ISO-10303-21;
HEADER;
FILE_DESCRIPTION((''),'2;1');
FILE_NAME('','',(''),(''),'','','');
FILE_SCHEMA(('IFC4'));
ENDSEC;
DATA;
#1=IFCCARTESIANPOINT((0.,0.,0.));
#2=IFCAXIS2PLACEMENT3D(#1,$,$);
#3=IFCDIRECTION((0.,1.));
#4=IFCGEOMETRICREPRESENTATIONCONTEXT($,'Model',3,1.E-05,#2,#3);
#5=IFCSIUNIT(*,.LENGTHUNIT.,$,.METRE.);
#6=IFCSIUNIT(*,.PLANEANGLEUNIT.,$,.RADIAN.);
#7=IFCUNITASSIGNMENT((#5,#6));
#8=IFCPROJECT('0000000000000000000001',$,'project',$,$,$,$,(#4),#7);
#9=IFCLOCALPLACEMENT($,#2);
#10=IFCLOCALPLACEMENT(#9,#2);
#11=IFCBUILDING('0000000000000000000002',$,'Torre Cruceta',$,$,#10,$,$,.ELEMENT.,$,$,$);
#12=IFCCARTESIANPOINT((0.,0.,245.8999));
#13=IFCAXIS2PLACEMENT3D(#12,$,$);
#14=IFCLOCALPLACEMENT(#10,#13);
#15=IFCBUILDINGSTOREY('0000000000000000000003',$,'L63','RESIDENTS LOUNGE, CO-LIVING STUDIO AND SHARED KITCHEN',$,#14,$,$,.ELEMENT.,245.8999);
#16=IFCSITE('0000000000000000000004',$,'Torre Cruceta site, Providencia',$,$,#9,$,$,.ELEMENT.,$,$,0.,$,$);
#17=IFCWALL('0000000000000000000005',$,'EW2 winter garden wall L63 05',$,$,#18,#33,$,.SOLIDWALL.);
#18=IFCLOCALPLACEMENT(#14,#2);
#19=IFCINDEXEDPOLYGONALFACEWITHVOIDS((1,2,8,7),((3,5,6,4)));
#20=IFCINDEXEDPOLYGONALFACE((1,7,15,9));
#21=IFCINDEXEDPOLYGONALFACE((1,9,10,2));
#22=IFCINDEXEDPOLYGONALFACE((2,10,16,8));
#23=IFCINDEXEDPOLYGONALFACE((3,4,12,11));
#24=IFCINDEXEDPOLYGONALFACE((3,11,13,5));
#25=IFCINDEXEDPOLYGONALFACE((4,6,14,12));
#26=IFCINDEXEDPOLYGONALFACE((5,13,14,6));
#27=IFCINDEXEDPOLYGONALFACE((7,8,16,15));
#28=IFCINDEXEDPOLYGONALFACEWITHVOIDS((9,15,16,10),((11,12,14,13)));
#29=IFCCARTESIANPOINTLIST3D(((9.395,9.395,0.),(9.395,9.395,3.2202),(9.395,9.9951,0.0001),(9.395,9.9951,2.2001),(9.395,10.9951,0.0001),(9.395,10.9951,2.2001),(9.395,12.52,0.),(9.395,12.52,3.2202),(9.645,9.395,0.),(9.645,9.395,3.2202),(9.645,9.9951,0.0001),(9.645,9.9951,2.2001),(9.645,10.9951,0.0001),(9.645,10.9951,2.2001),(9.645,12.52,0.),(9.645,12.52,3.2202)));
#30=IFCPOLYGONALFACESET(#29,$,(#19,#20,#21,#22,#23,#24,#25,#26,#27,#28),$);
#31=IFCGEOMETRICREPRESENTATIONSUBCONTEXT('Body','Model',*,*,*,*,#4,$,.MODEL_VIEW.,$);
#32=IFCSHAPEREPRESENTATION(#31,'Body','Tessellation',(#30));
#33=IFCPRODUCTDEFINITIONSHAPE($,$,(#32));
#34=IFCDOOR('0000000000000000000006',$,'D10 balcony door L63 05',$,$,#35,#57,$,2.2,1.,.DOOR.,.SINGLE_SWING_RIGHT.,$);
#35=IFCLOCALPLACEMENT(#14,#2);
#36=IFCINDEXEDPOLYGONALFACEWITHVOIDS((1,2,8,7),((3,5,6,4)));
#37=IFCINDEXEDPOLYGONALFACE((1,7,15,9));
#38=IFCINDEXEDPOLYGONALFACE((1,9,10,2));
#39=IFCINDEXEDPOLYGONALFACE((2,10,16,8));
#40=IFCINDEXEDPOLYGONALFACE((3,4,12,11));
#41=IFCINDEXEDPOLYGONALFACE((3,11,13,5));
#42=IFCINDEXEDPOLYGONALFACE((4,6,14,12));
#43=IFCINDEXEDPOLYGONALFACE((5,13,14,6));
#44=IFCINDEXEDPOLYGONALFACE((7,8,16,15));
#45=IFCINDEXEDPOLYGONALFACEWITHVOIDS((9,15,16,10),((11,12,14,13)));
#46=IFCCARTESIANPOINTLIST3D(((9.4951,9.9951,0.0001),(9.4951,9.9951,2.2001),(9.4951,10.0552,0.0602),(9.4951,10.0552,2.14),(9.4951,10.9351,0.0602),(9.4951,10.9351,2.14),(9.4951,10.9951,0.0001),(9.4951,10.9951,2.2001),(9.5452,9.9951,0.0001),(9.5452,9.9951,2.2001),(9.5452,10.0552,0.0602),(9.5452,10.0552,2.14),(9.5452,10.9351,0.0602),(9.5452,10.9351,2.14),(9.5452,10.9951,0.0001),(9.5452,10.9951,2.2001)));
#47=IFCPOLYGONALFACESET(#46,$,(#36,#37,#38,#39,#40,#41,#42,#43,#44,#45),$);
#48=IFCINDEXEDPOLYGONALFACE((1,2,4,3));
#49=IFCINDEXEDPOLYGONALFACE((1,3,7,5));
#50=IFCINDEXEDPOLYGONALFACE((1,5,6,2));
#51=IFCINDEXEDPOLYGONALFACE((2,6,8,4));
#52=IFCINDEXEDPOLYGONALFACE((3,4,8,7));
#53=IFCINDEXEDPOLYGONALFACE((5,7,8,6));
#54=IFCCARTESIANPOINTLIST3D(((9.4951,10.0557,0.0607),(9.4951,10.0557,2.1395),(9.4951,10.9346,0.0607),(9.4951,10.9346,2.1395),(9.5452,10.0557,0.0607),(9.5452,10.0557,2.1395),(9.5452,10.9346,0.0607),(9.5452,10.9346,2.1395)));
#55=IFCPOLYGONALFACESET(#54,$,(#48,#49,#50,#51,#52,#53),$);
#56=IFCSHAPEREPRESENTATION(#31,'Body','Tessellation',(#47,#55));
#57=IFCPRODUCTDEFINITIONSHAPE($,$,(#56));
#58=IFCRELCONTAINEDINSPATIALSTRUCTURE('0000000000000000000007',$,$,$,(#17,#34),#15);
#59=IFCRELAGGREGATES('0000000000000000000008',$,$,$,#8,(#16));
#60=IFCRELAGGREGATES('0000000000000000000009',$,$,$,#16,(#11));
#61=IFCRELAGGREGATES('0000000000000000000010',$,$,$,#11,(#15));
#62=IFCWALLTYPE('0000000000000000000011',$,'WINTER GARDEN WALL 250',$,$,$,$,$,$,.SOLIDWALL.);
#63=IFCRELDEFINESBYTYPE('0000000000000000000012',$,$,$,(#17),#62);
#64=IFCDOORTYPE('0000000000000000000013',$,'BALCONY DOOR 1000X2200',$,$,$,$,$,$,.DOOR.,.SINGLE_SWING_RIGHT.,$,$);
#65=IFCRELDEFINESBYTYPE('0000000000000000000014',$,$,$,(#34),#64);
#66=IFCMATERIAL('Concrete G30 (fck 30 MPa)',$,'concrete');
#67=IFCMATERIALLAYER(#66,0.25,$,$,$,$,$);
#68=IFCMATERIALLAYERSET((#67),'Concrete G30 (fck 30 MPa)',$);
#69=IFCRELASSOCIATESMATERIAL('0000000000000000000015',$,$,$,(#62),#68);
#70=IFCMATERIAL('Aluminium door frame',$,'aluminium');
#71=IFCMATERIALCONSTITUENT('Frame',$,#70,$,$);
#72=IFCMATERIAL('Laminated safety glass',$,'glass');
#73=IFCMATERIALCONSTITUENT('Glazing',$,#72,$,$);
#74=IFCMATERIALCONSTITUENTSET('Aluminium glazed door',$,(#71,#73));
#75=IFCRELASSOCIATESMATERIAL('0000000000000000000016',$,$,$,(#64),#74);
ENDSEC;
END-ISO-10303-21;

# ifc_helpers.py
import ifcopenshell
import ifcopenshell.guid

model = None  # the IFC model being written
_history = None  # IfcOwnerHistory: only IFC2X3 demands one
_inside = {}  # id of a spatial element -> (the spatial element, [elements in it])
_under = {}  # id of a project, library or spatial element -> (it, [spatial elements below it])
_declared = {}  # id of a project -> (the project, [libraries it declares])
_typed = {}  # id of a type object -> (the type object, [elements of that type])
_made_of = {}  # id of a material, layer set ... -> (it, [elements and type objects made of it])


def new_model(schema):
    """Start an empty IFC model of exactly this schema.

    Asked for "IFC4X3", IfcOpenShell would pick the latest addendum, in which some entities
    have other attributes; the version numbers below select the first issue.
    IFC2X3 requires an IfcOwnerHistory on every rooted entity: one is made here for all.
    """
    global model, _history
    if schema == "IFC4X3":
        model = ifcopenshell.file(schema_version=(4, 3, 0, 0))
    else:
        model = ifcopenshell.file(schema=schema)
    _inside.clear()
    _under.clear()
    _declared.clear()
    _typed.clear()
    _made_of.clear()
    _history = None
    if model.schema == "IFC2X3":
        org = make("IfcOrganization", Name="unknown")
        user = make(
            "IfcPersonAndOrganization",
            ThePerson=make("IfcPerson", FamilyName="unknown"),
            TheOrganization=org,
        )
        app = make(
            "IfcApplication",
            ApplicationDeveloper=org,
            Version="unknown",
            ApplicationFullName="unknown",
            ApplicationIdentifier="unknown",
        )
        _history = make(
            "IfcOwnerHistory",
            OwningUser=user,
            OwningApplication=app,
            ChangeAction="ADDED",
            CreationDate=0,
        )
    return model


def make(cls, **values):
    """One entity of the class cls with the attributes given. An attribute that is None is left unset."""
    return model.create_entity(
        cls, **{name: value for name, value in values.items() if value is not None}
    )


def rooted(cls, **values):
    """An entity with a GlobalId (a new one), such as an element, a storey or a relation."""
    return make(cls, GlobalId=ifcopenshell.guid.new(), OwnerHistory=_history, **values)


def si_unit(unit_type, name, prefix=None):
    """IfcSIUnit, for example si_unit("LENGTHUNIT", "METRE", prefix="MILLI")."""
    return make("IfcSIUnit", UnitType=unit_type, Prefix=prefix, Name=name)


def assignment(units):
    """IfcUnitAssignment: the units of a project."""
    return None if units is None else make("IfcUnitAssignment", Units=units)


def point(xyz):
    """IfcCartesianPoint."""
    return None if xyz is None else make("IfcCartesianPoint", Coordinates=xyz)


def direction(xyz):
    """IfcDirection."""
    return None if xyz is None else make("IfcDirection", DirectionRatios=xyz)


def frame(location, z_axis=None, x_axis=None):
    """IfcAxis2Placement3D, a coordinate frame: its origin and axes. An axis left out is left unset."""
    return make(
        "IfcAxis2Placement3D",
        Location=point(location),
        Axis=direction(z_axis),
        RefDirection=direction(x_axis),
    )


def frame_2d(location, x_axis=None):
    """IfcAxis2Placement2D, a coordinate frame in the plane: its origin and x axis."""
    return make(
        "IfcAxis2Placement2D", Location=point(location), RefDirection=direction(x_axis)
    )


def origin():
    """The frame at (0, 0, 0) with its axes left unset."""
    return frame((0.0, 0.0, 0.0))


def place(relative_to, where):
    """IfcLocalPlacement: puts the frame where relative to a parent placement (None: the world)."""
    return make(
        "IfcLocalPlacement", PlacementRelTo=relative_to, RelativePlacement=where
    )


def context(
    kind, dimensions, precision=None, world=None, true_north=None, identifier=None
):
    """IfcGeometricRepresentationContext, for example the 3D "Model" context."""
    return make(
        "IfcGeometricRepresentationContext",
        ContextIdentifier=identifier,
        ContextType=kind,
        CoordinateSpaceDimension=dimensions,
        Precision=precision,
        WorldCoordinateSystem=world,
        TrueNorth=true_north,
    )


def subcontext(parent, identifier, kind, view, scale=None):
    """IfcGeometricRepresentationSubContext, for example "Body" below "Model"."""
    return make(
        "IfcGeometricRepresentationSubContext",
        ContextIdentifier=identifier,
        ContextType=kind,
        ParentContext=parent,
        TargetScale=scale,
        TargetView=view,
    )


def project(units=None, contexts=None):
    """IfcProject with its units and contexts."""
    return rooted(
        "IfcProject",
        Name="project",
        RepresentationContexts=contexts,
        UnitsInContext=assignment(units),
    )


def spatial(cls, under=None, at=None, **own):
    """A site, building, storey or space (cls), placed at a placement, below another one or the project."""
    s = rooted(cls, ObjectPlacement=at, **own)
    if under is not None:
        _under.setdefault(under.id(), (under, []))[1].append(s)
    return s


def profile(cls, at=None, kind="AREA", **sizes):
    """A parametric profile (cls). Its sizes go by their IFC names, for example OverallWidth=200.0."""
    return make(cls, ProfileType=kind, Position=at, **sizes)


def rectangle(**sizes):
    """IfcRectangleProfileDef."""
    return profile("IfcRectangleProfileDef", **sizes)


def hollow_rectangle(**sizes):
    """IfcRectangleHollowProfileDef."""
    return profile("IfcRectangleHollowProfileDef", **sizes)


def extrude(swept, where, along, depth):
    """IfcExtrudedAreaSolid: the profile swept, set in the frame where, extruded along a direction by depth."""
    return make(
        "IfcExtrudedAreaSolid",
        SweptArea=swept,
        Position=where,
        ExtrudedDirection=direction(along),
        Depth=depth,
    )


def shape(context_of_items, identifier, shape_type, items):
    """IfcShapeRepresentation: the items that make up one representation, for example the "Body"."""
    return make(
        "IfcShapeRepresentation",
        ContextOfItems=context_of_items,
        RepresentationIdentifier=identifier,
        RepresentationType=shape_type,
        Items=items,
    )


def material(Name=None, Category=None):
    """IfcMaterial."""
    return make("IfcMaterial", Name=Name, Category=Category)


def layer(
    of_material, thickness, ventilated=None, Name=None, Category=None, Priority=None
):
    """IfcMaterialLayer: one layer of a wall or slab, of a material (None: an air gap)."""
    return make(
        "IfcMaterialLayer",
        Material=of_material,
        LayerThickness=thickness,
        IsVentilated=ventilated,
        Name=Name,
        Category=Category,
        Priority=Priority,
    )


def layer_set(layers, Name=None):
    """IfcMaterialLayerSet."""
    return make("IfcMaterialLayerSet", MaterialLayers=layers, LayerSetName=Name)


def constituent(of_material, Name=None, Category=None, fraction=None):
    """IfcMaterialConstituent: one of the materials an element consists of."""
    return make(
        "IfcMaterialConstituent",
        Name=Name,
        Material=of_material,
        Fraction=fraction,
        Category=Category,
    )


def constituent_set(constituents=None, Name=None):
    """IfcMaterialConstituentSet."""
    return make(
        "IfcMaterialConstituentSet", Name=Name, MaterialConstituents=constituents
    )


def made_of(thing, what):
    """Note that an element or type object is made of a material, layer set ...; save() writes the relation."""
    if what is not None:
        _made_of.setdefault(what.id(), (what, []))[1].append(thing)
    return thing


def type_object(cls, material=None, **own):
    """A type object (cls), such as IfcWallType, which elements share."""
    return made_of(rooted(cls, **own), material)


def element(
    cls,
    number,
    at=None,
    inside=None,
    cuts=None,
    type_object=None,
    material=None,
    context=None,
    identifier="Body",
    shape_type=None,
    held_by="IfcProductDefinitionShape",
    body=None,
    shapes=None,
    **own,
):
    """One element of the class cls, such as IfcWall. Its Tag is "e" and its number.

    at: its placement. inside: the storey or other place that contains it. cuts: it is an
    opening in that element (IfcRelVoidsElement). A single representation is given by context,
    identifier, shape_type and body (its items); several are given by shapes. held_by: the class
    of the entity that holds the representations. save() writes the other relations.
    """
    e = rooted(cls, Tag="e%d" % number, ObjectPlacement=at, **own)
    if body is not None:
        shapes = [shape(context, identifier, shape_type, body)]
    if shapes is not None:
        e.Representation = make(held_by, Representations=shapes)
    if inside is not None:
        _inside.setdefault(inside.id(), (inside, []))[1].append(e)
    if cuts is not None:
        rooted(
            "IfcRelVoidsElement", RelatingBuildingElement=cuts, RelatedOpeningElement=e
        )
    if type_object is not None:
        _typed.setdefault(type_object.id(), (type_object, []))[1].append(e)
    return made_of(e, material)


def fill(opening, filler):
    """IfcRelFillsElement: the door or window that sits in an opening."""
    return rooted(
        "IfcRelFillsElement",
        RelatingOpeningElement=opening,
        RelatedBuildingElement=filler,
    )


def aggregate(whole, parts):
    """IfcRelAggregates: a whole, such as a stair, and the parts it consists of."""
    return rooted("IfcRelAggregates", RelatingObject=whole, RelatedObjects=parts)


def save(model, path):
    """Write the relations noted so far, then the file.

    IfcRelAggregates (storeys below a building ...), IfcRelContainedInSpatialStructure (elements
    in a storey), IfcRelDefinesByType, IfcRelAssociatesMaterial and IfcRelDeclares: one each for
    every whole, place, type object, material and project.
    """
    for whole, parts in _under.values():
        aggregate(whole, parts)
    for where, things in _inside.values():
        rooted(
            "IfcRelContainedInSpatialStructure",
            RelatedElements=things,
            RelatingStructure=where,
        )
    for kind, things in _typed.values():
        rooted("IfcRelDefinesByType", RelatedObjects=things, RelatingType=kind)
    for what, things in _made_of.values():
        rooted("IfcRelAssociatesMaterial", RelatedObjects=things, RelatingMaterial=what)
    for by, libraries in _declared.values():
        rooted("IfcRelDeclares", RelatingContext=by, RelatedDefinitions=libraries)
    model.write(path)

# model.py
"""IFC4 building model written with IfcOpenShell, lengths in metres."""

from ifc_helpers import new_model, si_unit, direction, frame, frame_2d, origin, place, context, subcontext, project, spatial, rectangle, hollow_rectangle, extrude, material, layer, layer_set, constituent, constituent_set, type_object, element, fill, save


model = new_model("IFC4")

# Units and contexts
model_context = context("Model", 3, precision=1e-05, world=origin(), true_north=direction((0.0, 1.0)))
body_context = subcontext(model_context, "Body", "Model", "MODEL_VIEW")
ifc_project = project(units=[si_unit("LENGTHUNIT", "METRE"), si_unit("PLANEANGLEUNIT", "RADIAN")], contexts=[model_context])

# Site, building, storey
site_placement = place(None, origin())
site = spatial("IfcSite", under=ifc_project, at=site_placement, Name="Torre Cruceta site, Providencia", CompositionType="ELEMENT", RefElevation=0.0)
building_placement = place(site_placement, origin())
building = spatial("IfcBuilding", under=site, at=building_placement, Name="Torre Cruceta", CompositionType="ELEMENT")
storey_placement = place(building_placement, frame((0.0, 0.0, 245.8999)))
storey = spatial("IfcBuildingStorey", under=building, at=storey_placement, Name="L63", Description="RESIDENTS LOUNGE, CO-LIVING STUDIO AND SHARED KITCHEN", CompositionType="ELEMENT", Elevation=245.8999)

# Wall, opening, door
ifc_material_1 = material(Name="Concrete G30 (fck 30 MPa)", Category="concrete")
ifc_layer_1 = layer(ifc_material_1, 0.25)
ifc_layer_set_1 = layer_set([ifc_layer_1], Name="Concrete G30 (fck 30 MPa)")
wall_type_1 = type_object("IfcWallType", Name="WINTER GARDEN WALL 250", PredefinedType="SOLIDWALL", material=ifc_layer_set_1)
ifc_material_2 = material(Name="Aluminium door frame", Category="aluminium")
ifc_constituent_1 = constituent(ifc_material_2, Name="Frame")
ifc_material_3 = material(Name="Laminated safety glass", Category="glass")
ifc_constituent_2 = constituent(ifc_material_3, Name="Glazing")
ifc_constituent_set_1 = constituent_set(constituents=[ifc_constituent_1, ifc_constituent_2], Name="Aluminium glazed door")
door_type_1 = type_object("IfcDoorType", Name="BALCONY DOOR 1000X2200", OperationType="SINGLE_SWING_RIGHT", PredefinedType="DOOR", material=ifc_constituent_set_1)
wall_1_placement = place(storey_placement, frame((9.52, 9.395, 0.0), z_axis=(0.0, 0.0, 1.0), x_axis=(0.0, 1.0, 0.0)))
wall_1 = element("IfcWall", 1, at=wall_1_placement, inside=storey, type_object=wall_type_1, Name="EW2 winter garden wall L63 05", PredefinedType="SOLIDWALL", context=body_context, shape_type="SweptSolid", body=[
    extrude(rectangle(XDim=3.125, YDim=0.25, at=frame_2d((1.5625, 0.0))), origin(), (0.0, 0.0, 1.0), 3.2202),
])
opening_1_placement = place(wall_1_placement, frame((0.6001, 0.0, 0.0)))
opening_1 = element("IfcOpeningElement", 2, at=opening_1_placement, cuts=wall_1, PredefinedType="OPENING", context=body_context, shape_type="SweptSolid", body=[
    extrude(rectangle(XDim=1.0, YDim=2.2, at=frame_2d((0.5, 1.1001))), frame((0.0, 0.135, 0.0), z_axis=(0.0, -1.0, 0.0), x_axis=(1.0, 0.0, 0.0)), (0.0, 0.0, 1.0), 0.27),
])
door_1_placement = place(opening_1_placement, origin())
door_1 = element("IfcDoor", 3, at=door_1_placement, inside=storey, type_object=door_type_1, Name="D10 balcony door L63 05", OperationType="SINGLE_SWING_RIGHT", OverallHeight=2.2, OverallWidth=1.0, PredefinedType="DOOR", context=body_context, shape_type="SweptSolid", body=[
    extrude(hollow_rectangle(XDim=1.0, YDim=2.2, WallThickness=0.0601, at=frame_2d((0.5, 1.1001))), frame((0.0, 0.0249, 0.0), z_axis=(0.0, -1.0, 0.0), x_axis=(1.0, 0.0, 0.0)), (0.0, 0.0, 1.0), 0.05),
    extrude(rectangle(XDim=0.8789, YDim=2.0789, at=frame_2d((0.5, 1.1001))), frame((0.0, 0.0249, 0.0), z_axis=(0.0, -1.0, 0.0), x_axis=(1.0, 0.0, 0.0)), (0.0, 0.0, 1.0), 0.05),
])
fill(opening_1, door_1)

save(model, "model.ifc")
